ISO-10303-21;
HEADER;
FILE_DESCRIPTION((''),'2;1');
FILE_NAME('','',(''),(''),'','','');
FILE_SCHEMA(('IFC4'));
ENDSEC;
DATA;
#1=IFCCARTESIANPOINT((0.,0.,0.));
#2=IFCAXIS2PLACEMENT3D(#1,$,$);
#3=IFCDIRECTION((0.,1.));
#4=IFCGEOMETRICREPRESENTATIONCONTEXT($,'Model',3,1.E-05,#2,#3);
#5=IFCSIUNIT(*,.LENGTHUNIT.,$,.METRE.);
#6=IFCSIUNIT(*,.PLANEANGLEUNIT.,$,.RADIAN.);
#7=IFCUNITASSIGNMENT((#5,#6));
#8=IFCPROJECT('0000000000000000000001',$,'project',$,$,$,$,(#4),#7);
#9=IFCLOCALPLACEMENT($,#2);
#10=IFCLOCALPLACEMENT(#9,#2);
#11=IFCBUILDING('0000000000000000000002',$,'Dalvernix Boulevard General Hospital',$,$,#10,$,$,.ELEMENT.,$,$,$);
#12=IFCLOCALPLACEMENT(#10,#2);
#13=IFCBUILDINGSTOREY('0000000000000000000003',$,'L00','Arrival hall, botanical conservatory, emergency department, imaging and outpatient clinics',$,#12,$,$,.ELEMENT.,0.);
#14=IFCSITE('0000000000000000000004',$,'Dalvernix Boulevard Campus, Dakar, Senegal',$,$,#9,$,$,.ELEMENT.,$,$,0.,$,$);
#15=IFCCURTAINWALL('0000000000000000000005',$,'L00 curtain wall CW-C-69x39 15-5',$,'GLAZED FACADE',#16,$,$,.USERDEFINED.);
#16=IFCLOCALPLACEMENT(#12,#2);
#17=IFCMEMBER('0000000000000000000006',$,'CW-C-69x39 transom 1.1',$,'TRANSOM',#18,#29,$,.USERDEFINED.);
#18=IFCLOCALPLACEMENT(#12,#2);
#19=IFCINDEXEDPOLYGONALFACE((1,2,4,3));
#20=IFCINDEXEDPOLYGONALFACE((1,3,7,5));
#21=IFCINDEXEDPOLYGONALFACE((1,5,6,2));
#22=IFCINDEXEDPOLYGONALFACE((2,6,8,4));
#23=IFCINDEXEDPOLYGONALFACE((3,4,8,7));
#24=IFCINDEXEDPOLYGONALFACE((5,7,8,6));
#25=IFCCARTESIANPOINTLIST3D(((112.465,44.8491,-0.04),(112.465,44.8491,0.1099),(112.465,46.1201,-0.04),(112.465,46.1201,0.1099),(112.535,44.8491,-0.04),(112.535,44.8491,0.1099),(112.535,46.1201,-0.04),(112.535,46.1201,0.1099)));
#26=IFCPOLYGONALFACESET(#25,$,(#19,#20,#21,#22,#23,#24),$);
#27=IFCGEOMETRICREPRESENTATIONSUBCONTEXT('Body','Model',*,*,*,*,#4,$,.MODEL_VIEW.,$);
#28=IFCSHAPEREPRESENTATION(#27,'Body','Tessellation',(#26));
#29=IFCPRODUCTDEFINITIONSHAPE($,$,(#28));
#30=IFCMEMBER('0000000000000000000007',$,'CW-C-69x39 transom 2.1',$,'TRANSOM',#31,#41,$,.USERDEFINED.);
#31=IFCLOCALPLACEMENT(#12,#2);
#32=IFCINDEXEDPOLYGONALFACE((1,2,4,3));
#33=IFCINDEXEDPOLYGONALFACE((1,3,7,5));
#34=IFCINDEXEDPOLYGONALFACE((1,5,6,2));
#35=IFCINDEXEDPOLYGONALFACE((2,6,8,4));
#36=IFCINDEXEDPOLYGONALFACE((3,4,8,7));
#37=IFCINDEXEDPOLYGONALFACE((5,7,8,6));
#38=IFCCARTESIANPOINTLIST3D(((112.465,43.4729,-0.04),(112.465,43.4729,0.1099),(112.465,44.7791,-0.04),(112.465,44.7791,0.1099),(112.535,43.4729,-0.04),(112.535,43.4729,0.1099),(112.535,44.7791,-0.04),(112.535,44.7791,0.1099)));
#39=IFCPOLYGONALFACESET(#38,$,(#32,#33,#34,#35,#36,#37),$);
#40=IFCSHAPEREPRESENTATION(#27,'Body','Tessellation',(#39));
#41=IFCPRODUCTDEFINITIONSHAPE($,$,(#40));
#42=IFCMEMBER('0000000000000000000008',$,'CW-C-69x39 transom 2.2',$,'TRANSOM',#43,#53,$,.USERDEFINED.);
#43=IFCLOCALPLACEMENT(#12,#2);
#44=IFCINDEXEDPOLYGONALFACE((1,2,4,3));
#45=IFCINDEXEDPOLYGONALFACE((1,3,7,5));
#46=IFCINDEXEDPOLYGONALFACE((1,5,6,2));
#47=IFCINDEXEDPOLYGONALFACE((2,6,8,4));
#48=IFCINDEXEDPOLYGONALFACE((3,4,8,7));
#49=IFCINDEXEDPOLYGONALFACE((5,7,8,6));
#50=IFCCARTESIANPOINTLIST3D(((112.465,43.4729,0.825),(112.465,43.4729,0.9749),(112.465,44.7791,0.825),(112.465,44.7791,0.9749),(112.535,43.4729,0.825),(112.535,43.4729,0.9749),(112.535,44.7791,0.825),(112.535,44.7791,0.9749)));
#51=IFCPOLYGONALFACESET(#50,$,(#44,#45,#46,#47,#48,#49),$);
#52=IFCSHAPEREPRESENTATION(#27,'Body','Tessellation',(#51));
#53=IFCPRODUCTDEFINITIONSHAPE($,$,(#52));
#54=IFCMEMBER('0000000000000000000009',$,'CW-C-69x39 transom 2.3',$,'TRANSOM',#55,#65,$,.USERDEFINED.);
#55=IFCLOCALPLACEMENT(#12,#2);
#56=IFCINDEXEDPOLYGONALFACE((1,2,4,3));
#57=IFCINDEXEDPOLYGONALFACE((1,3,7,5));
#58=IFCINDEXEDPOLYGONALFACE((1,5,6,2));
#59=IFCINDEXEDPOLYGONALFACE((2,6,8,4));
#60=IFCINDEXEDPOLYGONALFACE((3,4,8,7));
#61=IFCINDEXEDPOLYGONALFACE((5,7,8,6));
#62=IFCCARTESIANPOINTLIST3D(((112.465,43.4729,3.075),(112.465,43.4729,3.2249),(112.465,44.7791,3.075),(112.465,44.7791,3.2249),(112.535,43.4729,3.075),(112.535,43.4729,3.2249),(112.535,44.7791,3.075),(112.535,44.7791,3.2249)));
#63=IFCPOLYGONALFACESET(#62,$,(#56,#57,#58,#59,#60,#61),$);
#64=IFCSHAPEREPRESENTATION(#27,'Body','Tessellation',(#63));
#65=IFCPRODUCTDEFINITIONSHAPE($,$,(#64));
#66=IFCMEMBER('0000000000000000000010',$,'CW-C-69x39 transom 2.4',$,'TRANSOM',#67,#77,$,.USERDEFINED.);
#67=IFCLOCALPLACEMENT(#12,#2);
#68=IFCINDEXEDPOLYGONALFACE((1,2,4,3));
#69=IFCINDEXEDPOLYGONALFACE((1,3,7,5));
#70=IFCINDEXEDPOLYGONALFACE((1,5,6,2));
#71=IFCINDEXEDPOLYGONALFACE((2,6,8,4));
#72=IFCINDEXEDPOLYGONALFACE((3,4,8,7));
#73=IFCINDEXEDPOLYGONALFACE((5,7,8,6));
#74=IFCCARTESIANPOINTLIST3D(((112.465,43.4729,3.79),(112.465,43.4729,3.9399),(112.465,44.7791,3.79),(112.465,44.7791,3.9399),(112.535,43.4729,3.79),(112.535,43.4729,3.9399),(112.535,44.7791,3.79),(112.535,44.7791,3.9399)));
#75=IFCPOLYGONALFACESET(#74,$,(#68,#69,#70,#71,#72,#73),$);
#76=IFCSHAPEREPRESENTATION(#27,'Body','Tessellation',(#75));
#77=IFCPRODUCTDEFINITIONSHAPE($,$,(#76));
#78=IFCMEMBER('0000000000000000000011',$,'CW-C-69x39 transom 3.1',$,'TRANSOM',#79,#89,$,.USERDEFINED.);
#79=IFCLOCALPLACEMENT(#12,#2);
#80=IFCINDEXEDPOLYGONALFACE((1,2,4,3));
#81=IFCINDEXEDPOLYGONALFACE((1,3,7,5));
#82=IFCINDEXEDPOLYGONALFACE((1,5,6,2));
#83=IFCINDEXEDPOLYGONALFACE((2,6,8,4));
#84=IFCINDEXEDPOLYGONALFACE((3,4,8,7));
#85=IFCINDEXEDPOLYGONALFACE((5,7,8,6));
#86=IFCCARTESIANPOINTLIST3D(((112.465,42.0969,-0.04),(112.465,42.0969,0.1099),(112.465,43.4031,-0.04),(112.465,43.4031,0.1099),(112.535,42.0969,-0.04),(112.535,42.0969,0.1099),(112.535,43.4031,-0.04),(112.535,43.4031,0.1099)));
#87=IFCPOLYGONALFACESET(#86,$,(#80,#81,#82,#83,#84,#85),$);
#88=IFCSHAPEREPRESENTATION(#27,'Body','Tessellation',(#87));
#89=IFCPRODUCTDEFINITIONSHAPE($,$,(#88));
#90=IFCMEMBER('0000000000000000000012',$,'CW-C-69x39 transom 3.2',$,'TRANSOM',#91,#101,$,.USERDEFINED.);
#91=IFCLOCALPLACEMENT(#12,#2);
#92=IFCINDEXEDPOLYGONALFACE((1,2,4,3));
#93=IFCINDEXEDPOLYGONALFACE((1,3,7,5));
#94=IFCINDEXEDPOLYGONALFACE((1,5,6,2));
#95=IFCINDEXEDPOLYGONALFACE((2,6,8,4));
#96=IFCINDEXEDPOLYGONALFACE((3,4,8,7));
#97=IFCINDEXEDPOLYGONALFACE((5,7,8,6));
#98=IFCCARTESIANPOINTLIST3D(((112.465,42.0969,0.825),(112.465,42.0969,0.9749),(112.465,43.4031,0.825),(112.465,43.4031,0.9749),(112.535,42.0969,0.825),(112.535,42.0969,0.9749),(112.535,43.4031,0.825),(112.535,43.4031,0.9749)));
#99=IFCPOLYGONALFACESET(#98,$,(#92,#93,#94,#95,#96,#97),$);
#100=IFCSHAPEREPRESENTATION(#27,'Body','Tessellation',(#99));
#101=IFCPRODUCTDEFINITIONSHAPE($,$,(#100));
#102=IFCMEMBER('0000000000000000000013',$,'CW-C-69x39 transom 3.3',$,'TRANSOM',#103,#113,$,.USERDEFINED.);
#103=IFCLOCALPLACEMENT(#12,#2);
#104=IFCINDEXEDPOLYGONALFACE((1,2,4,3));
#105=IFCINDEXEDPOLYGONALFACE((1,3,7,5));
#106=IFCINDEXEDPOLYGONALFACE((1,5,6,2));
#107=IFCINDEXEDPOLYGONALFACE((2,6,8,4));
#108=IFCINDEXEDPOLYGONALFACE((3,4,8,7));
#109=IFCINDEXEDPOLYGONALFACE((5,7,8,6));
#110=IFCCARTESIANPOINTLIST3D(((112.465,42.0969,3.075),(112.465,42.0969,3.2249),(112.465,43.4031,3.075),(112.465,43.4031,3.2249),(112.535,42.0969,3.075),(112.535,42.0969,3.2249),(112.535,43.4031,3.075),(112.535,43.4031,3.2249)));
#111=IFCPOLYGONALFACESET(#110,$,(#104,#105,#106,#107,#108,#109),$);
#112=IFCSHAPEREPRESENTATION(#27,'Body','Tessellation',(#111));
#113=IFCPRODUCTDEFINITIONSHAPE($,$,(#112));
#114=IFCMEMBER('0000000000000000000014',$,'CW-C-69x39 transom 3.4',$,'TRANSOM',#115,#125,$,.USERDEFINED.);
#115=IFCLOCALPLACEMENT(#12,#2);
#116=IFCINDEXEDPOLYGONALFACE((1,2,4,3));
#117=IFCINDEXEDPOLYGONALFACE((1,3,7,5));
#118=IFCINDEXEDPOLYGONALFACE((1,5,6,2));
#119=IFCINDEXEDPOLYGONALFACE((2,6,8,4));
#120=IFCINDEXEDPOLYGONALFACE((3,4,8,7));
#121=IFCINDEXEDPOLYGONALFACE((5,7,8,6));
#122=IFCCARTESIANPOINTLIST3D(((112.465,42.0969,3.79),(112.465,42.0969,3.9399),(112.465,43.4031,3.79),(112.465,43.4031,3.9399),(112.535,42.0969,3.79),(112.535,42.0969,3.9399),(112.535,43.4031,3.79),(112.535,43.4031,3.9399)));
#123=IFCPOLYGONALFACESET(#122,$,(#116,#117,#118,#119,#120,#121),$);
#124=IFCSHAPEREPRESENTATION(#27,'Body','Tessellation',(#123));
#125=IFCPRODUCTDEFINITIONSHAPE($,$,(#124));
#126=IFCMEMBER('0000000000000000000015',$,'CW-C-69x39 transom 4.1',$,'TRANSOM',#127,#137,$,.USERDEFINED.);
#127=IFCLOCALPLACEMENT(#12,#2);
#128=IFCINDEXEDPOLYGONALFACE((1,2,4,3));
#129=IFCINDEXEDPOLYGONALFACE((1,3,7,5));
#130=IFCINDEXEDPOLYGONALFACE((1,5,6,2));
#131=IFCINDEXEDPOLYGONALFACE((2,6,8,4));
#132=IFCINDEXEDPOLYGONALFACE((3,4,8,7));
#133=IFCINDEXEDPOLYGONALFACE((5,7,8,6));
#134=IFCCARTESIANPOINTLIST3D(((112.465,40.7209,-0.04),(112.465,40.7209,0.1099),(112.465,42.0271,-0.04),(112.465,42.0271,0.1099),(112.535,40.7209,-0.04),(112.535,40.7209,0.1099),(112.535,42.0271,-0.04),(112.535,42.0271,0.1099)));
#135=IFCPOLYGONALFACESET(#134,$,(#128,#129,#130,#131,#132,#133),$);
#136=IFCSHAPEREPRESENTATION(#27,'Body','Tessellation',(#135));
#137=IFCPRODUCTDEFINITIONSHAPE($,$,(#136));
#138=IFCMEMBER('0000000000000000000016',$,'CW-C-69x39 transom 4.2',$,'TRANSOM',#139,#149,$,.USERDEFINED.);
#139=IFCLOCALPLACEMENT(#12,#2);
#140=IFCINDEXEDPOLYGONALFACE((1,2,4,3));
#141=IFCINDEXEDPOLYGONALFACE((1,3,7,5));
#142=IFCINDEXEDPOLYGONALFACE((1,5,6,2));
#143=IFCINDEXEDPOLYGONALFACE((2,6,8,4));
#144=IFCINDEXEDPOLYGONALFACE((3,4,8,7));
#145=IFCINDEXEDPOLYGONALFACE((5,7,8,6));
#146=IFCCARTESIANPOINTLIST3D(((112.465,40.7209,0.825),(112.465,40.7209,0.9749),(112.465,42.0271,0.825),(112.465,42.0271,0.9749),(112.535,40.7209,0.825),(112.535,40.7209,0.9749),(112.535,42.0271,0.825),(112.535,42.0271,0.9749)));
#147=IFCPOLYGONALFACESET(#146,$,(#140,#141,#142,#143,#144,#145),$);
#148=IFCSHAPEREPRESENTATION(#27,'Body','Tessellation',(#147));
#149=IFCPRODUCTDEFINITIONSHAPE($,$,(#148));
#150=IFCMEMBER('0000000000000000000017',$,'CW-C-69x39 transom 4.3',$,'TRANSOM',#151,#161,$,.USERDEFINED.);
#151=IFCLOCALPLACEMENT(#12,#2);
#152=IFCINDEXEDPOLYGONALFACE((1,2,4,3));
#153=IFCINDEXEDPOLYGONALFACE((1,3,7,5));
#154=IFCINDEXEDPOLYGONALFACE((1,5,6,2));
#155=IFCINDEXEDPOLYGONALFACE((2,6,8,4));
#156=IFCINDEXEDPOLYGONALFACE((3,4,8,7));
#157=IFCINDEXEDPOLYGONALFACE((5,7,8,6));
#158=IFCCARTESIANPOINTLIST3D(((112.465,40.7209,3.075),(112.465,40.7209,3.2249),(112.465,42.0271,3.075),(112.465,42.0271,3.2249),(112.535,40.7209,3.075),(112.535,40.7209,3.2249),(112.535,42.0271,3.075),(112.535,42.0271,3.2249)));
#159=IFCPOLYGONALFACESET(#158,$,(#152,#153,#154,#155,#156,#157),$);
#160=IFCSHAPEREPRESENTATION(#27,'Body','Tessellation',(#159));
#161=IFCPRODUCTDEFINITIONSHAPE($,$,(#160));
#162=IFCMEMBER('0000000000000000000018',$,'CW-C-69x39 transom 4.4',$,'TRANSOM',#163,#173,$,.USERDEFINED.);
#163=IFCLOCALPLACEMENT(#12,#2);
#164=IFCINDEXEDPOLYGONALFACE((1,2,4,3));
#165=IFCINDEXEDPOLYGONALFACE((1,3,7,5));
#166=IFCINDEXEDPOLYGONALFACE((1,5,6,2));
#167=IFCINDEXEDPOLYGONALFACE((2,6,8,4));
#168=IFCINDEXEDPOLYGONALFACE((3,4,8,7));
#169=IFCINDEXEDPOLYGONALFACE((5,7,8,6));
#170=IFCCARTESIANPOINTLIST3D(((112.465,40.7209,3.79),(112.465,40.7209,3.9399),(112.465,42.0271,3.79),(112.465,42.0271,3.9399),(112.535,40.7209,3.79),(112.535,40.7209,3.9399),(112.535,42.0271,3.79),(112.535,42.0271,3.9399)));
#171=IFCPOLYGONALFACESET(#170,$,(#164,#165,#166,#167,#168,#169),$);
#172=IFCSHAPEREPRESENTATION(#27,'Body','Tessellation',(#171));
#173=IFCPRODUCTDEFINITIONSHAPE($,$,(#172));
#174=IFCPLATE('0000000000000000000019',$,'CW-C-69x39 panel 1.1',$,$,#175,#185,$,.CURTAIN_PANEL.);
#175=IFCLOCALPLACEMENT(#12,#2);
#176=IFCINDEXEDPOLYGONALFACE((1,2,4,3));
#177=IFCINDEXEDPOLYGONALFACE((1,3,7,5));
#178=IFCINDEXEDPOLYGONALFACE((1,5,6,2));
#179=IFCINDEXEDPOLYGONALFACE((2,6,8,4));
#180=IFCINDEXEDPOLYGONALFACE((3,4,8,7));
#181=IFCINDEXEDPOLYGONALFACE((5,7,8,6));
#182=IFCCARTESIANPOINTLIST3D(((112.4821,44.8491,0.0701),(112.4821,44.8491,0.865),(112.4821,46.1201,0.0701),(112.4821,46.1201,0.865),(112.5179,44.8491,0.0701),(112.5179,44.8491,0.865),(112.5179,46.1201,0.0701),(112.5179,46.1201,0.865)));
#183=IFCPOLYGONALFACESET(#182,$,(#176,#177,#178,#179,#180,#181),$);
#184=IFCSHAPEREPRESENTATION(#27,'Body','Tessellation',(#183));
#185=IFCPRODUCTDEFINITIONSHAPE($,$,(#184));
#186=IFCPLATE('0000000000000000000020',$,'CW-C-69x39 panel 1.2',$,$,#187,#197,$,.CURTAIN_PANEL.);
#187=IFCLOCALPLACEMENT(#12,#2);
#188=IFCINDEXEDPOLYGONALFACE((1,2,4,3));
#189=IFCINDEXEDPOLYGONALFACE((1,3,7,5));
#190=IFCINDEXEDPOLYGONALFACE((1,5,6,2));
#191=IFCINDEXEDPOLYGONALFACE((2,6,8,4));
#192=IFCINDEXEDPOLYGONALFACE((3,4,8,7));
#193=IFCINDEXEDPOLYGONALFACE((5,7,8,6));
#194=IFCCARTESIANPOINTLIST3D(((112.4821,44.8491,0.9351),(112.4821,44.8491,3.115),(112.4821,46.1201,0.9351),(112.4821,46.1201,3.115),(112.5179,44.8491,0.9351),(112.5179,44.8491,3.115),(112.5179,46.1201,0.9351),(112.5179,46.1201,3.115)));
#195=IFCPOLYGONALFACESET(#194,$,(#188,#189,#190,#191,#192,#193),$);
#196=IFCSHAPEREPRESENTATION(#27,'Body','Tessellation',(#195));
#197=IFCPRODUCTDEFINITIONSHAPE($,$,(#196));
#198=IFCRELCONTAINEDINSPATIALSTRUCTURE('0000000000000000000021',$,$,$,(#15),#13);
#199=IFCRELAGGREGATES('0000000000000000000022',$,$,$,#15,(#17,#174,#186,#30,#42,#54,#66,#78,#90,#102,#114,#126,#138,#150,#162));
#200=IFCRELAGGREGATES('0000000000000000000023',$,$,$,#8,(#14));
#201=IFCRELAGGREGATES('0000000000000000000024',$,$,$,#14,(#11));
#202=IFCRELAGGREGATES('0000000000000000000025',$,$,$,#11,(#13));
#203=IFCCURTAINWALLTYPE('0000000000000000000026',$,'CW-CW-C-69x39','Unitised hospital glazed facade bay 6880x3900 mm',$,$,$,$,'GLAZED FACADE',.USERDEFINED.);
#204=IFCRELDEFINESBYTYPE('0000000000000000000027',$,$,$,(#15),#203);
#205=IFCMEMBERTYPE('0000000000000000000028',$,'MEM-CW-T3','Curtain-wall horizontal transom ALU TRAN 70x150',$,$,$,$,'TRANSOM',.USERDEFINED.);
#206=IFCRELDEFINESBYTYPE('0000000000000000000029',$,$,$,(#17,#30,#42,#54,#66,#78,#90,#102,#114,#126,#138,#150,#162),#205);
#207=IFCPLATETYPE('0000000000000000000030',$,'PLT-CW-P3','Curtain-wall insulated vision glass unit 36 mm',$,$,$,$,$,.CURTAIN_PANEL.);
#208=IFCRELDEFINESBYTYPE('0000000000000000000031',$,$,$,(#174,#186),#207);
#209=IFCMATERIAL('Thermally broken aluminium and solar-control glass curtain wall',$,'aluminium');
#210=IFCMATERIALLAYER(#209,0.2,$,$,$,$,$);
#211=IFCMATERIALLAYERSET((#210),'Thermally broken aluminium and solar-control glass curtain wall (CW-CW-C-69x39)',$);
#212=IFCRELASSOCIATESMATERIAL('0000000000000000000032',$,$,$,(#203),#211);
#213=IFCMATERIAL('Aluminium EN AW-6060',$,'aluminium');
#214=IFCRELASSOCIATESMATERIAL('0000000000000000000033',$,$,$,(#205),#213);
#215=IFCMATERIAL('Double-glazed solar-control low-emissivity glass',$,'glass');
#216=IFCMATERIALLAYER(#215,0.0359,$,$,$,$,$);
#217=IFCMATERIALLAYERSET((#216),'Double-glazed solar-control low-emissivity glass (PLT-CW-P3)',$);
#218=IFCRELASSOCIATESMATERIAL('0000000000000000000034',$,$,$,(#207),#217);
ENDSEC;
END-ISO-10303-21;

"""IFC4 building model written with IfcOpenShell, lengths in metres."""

from ifc_helpers import new_model, si_unit, direction, frame, origin, origin_2d, place, context, subcontext, project, spatial, rectangle, extrude, material, layer, layer_set, material_profile, profile_set, type_object, element, aggregate, save


model = new_model("IFC4")

# Units and contexts
model_context = context("Model", 3, precision=1e-05, world=origin(), true_north=direction((0.0, 1.0)))
body_context = subcontext(model_context, "Body", "Model", "MODEL_VIEW")
ifc_project = project(units=[si_unit("LENGTHUNIT", "METRE"), si_unit("PLANEANGLEUNIT", "RADIAN")], contexts=[model_context])

# Site, building, storey
site_placement = place(None, origin())
site = spatial("IfcSite", under=ifc_project, at=site_placement, Name="Dalvernix Boulevard Campus, Dakar, Senegal", CompositionType="ELEMENT", RefElevation=0.0)
building_placement = place(site_placement, origin())
building = spatial("IfcBuilding", under=site, at=building_placement, Name="Dalvernix Boulevard General Hospital", CompositionType="ELEMENT")
storey_placement = place(building_placement, origin())
storey = spatial("IfcBuildingStorey", under=building, at=storey_placement, Name="L00", Description="Arrival hall, botanical conservatory, emergency department, imaging and outpatient clinics", CompositionType="ELEMENT", Elevation=0.0)

# Curtain wall, members, plates
ifc_material_1 = material(Name="Thermally broken aluminium and solar-control glass curtain wall", Category="aluminium")
ifc_layer_1 = layer(ifc_material_1, 0.2)
ifc_layer_set_1 = layer_set([ifc_layer_1], Name="Thermally broken aluminium and solar-control glass curtain wall (CW-CW-C-69x39)")
curtain_wall_type = type_object("IfcCurtainWallType", Name="CW-CW-C-69x39", Description="Unitised hospital glazed facade bay 6880x3900 mm", ElementType="GLAZED FACADE", PredefinedType="USERDEFINED", material=ifc_layer_set_1)
curtain_wall_placement = place(storey_placement, origin())
curtain_wall = element("IfcCurtainWall", 1, at=curtain_wall_placement, inside=storey, type_object=curtain_wall_type, Name="L00 curtain wall CW-C-69x39 15-5", ObjectType="GLAZED FACADE", PredefinedType="USERDEFINED")
ifc_material_2 = material(Name="Aluminium EN AW-6060", Category="aluminium")
ifc_material_profile_1 = material_profile(ifc_material_2, rectangle(XDim=0.0701, YDim=0.1499, at=origin_2d()), Name="ALU TRAN 70x150")
ifc_profile_set_1 = profile_set([ifc_material_profile_1], Name="Aluminium EN AW-6060")
member_type_1 = type_object("IfcMemberType", Name="MEM-CW-T3", Description="Curtain-wall horizontal transom ALU TRAN 70x150", ElementType="TRANSOM", PredefinedType="USERDEFINED", material=ifc_profile_set_1)
member_1_placement = place(storey_placement, frame((112.5, 46.1201, 0.0349), z_axis=(0.0, -1.0, 0.0), x_axis=(1.0, 0.0, 0.0)))
member_1 = element("IfcMember", 2, at=member_1_placement, type_object=member_type_1, Name="CW-C-69x39 transom 1.1", ObjectType="TRANSOM", PredefinedType="USERDEFINED", context=body_context, shape_type="SweptSolid", body=[
    extrude(rectangle(XDim=0.0701, YDim=0.1499, at=origin_2d()), origin(), (0.0, 0.0, 1.0), 1.271),
])
member_2_placement = place(storey_placement, frame((112.5, 44.7791, 0.0349), z_axis=(0.0, -1.0, 0.0), x_axis=(1.0, 0.0, 0.0)))
member_2 = element("IfcMember", 3, at=member_2_placement, type_object=member_type_1, Name="CW-C-69x39 transom 2.1", ObjectType="TRANSOM", PredefinedType="USERDEFINED", context=body_context, shape_type="SweptSolid", body=[
    extrude(rectangle(XDim=0.0701, YDim=0.1499, at=origin_2d()), origin(), (0.0, 0.0, 1.0), 1.3062),
])
member_3_placement = place(storey_placement, frame((112.5, 44.7791, 0.8999), z_axis=(0.0, -1.0, 0.0), x_axis=(1.0, 0.0, 0.0)))
member_3 = element("IfcMember", 4, at=member_3_placement, type_object=member_type_1, Name="CW-C-69x39 transom 2.2", ObjectType="TRANSOM", PredefinedType="USERDEFINED", context=body_context, shape_type="SweptSolid", body=[
    extrude(rectangle(XDim=0.0701, YDim=0.1499, at=origin_2d()), origin(), (0.0, 0.0, 1.0), 1.3062),
])
member_4_placement = place(storey_placement, frame((112.5, 44.7791, 3.1499), z_axis=(0.0, -1.0, 0.0), x_axis=(1.0, 0.0, 0.0)))
member_4 = element("IfcMember", 5, at=member_4_placement, type_object=member_type_1, Name="CW-C-69x39 transom 2.3", ObjectType="TRANSOM", PredefinedType="USERDEFINED", context=body_context, shape_type="SweptSolid", body=[
    extrude(rectangle(XDim=0.0701, YDim=0.1499, at=origin_2d()), origin(), (0.0, 0.0, 1.0), 1.3062),
])
member_5_placement = place(storey_placement, frame((112.5, 44.7791, 3.865), z_axis=(0.0, -1.0, 0.0), x_axis=(1.0, 0.0, 0.0)))
member_5 = element("IfcMember", 6, at=member_5_placement, type_object=member_type_1, Name="CW-C-69x39 transom 2.4", ObjectType="TRANSOM", PredefinedType="USERDEFINED", context=body_context, shape_type="SweptSolid", body=[
    extrude(rectangle(XDim=0.0701, YDim=0.1499, at=origin_2d()), origin(), (0.0, 0.0, 1.0), 1.3062),
])
member_6_placement = place(storey_placement, frame((112.5, 43.4031, 0.0349), z_axis=(0.0, -1.0, 0.0), x_axis=(1.0, 0.0, 0.0)))
member_6 = element("IfcMember", 7, at=member_6_placement, type_object=member_type_1, Name="CW-C-69x39 transom 3.1", ObjectType="TRANSOM", PredefinedType="USERDEFINED", context=body_context, shape_type="SweptSolid", body=[
    extrude(rectangle(XDim=0.0701, YDim=0.1499, at=origin_2d()), origin(), (0.0, 0.0, 1.0), 1.3062),
])
member_7_placement = place(storey_placement, frame((112.5, 43.4031, 0.8999), z_axis=(0.0, -1.0, 0.0), x_axis=(1.0, 0.0, 0.0)))
member_7 = element("IfcMember", 8, at=member_7_placement, type_object=member_type_1, Name="CW-C-69x39 transom 3.2", ObjectType="TRANSOM", PredefinedType="USERDEFINED", context=body_context, shape_type="SweptSolid", body=[
    extrude(rectangle(XDim=0.0701, YDim=0.1499, at=origin_2d()), origin(), (0.0, 0.0, 1.0), 1.3062),
])
member_8_placement = place(storey_placement, frame((112.5, 43.4031, 3.1499), z_axis=(0.0, -1.0, 0.0), x_axis=(1.0, 0.0, 0.0)))
member_8 = element("IfcMember", 9, at=member_8_placement, type_object=member_type_1, Name="CW-C-69x39 transom 3.3", ObjectType="TRANSOM", PredefinedType="USERDEFINED", context=body_context, shape_type="SweptSolid", body=[
    extrude(rectangle(XDim=0.0701, YDim=0.1499, at=origin_2d()), origin(), (0.0, 0.0, 1.0), 1.3062),
])
member_9_placement = place(storey_placement, frame((112.5, 43.4031, 3.865), z_axis=(0.0, -1.0, 0.0), x_axis=(1.0, 0.0, 0.0)))
member_9 = element("IfcMember", 10, at=member_9_placement, type_object=member_type_1, Name="CW-C-69x39 transom 3.4", ObjectType="TRANSOM", PredefinedType="USERDEFINED", context=body_context, shape_type="SweptSolid", body=[
    extrude(rectangle(XDim=0.0701, YDim=0.1499, at=origin_2d()), origin(), (0.0, 0.0, 1.0), 1.3062),
])
member_10_placement = place(storey_placement, frame((112.5, 42.0271, 0.0349), z_axis=(0.0, -1.0, 0.0), x_axis=(1.0, 0.0, 0.0)))
member_10 = element("IfcMember", 11, at=member_10_placement, type_object=member_type_1, Name="CW-C-69x39 transom 4.1", ObjectType="TRANSOM", PredefinedType="USERDEFINED", context=body_context, shape_type="SweptSolid", body=[
    extrude(rectangle(XDim=0.0701, YDim=0.1499, at=origin_2d()), origin(), (0.0, 0.0, 1.0), 1.3062),
])
member_11_placement = place(storey_placement, frame((112.5, 42.0271, 0.8999), z_axis=(0.0, -1.0, 0.0), x_axis=(1.0, 0.0, 0.0)))
member_11 = element("IfcMember", 12, at=member_11_placement, type_object=member_type_1, Name="CW-C-69x39 transom 4.2", ObjectType="TRANSOM", PredefinedType="USERDEFINED", context=body_context, shape_type="SweptSolid", body=[
    extrude(rectangle(XDim=0.0701, YDim=0.1499, at=origin_2d()), origin(), (0.0, 0.0, 1.0), 1.3062),
])
member_12_placement = place(storey_placement, frame((112.5, 42.0271, 3.1499), z_axis=(0.0, -1.0, 0.0), x_axis=(1.0, 0.0, 0.0)))
member_12 = element("IfcMember", 13, at=member_12_placement, type_object=member_type_1, Name="CW-C-69x39 transom 4.3", ObjectType="TRANSOM", PredefinedType="USERDEFINED", context=body_context, shape_type="SweptSolid", body=[
    extrude(rectangle(XDim=0.0701, YDim=0.1499, at=origin_2d()), origin(), (0.0, 0.0, 1.0), 1.3062),
])
member_13_placement = place(storey_placement, frame((112.5, 42.0271, 3.865), z_axis=(0.0, -1.0, 0.0), x_axis=(1.0, 0.0, 0.0)))
member_13 = element("IfcMember", 14, at=member_13_placement, type_object=member_type_1, Name="CW-C-69x39 transom 4.4", ObjectType="TRANSOM", PredefinedType="USERDEFINED", context=body_context, shape_type="SweptSolid", body=[
    extrude(rectangle(XDim=0.0701, YDim=0.1499, at=origin_2d()), origin(), (0.0, 0.0, 1.0), 1.3062),
])
ifc_material_3 = material(Name="Double-glazed solar-control low-emissivity glass", Category="glass")
ifc_layer_2 = layer(ifc_material_3, 0.0359)
ifc_layer_set_2 = layer_set([ifc_layer_2], Name="Double-glazed solar-control low-emissivity glass (PLT-CW-P3)")
plate_type = type_object("IfcPlateType", Name="PLT-CW-P3", Description="Curtain-wall insulated vision glass unit 36 mm", PredefinedType="CURTAIN_PANEL", material=ifc_layer_set_2)
plate_1_placement = place(storey_placement, frame((112.5, 45.4846, 0.0701), z_axis=(0.0, 0.0, 1.0), x_axis=(0.0, -1.0, 0.0)))
plate_1 = element("IfcPlate", 15, at=plate_1_placement, type_object=plate_type, Name="CW-C-69x39 panel 1.1", PredefinedType="CURTAIN_PANEL", context=body_context, shape_type="SweptSolid", body=[
    extrude(rectangle(XDim=1.271, YDim=0.0359, at=origin_2d()), origin(), (0.0, 0.0, 1.0), 0.7949),
])
plate_2_placement = place(storey_placement, frame((112.5, 45.4846, 0.9351), z_axis=(0.0, 0.0, 1.0), x_axis=(0.0, -1.0, 0.0)))
plate_2 = element("IfcPlate", 16, at=plate_2_placement, type_object=plate_type, Name="CW-C-69x39 panel 1.2", PredefinedType="CURTAIN_PANEL", context=body_context, shape_type="SweptSolid", body=[
    extrude(rectangle(XDim=1.271, YDim=0.0359, at=origin_2d()), origin(), (0.0, 0.0, 1.0), 2.1799),
])
aggregate(curtain_wall, [member_1, plate_1, plate_2, member_2, member_3, member_4, member_5, member_6, member_7, member_8, member_9, member_10, member_11, member_12, member_13])

save(model, "model.ifc")
